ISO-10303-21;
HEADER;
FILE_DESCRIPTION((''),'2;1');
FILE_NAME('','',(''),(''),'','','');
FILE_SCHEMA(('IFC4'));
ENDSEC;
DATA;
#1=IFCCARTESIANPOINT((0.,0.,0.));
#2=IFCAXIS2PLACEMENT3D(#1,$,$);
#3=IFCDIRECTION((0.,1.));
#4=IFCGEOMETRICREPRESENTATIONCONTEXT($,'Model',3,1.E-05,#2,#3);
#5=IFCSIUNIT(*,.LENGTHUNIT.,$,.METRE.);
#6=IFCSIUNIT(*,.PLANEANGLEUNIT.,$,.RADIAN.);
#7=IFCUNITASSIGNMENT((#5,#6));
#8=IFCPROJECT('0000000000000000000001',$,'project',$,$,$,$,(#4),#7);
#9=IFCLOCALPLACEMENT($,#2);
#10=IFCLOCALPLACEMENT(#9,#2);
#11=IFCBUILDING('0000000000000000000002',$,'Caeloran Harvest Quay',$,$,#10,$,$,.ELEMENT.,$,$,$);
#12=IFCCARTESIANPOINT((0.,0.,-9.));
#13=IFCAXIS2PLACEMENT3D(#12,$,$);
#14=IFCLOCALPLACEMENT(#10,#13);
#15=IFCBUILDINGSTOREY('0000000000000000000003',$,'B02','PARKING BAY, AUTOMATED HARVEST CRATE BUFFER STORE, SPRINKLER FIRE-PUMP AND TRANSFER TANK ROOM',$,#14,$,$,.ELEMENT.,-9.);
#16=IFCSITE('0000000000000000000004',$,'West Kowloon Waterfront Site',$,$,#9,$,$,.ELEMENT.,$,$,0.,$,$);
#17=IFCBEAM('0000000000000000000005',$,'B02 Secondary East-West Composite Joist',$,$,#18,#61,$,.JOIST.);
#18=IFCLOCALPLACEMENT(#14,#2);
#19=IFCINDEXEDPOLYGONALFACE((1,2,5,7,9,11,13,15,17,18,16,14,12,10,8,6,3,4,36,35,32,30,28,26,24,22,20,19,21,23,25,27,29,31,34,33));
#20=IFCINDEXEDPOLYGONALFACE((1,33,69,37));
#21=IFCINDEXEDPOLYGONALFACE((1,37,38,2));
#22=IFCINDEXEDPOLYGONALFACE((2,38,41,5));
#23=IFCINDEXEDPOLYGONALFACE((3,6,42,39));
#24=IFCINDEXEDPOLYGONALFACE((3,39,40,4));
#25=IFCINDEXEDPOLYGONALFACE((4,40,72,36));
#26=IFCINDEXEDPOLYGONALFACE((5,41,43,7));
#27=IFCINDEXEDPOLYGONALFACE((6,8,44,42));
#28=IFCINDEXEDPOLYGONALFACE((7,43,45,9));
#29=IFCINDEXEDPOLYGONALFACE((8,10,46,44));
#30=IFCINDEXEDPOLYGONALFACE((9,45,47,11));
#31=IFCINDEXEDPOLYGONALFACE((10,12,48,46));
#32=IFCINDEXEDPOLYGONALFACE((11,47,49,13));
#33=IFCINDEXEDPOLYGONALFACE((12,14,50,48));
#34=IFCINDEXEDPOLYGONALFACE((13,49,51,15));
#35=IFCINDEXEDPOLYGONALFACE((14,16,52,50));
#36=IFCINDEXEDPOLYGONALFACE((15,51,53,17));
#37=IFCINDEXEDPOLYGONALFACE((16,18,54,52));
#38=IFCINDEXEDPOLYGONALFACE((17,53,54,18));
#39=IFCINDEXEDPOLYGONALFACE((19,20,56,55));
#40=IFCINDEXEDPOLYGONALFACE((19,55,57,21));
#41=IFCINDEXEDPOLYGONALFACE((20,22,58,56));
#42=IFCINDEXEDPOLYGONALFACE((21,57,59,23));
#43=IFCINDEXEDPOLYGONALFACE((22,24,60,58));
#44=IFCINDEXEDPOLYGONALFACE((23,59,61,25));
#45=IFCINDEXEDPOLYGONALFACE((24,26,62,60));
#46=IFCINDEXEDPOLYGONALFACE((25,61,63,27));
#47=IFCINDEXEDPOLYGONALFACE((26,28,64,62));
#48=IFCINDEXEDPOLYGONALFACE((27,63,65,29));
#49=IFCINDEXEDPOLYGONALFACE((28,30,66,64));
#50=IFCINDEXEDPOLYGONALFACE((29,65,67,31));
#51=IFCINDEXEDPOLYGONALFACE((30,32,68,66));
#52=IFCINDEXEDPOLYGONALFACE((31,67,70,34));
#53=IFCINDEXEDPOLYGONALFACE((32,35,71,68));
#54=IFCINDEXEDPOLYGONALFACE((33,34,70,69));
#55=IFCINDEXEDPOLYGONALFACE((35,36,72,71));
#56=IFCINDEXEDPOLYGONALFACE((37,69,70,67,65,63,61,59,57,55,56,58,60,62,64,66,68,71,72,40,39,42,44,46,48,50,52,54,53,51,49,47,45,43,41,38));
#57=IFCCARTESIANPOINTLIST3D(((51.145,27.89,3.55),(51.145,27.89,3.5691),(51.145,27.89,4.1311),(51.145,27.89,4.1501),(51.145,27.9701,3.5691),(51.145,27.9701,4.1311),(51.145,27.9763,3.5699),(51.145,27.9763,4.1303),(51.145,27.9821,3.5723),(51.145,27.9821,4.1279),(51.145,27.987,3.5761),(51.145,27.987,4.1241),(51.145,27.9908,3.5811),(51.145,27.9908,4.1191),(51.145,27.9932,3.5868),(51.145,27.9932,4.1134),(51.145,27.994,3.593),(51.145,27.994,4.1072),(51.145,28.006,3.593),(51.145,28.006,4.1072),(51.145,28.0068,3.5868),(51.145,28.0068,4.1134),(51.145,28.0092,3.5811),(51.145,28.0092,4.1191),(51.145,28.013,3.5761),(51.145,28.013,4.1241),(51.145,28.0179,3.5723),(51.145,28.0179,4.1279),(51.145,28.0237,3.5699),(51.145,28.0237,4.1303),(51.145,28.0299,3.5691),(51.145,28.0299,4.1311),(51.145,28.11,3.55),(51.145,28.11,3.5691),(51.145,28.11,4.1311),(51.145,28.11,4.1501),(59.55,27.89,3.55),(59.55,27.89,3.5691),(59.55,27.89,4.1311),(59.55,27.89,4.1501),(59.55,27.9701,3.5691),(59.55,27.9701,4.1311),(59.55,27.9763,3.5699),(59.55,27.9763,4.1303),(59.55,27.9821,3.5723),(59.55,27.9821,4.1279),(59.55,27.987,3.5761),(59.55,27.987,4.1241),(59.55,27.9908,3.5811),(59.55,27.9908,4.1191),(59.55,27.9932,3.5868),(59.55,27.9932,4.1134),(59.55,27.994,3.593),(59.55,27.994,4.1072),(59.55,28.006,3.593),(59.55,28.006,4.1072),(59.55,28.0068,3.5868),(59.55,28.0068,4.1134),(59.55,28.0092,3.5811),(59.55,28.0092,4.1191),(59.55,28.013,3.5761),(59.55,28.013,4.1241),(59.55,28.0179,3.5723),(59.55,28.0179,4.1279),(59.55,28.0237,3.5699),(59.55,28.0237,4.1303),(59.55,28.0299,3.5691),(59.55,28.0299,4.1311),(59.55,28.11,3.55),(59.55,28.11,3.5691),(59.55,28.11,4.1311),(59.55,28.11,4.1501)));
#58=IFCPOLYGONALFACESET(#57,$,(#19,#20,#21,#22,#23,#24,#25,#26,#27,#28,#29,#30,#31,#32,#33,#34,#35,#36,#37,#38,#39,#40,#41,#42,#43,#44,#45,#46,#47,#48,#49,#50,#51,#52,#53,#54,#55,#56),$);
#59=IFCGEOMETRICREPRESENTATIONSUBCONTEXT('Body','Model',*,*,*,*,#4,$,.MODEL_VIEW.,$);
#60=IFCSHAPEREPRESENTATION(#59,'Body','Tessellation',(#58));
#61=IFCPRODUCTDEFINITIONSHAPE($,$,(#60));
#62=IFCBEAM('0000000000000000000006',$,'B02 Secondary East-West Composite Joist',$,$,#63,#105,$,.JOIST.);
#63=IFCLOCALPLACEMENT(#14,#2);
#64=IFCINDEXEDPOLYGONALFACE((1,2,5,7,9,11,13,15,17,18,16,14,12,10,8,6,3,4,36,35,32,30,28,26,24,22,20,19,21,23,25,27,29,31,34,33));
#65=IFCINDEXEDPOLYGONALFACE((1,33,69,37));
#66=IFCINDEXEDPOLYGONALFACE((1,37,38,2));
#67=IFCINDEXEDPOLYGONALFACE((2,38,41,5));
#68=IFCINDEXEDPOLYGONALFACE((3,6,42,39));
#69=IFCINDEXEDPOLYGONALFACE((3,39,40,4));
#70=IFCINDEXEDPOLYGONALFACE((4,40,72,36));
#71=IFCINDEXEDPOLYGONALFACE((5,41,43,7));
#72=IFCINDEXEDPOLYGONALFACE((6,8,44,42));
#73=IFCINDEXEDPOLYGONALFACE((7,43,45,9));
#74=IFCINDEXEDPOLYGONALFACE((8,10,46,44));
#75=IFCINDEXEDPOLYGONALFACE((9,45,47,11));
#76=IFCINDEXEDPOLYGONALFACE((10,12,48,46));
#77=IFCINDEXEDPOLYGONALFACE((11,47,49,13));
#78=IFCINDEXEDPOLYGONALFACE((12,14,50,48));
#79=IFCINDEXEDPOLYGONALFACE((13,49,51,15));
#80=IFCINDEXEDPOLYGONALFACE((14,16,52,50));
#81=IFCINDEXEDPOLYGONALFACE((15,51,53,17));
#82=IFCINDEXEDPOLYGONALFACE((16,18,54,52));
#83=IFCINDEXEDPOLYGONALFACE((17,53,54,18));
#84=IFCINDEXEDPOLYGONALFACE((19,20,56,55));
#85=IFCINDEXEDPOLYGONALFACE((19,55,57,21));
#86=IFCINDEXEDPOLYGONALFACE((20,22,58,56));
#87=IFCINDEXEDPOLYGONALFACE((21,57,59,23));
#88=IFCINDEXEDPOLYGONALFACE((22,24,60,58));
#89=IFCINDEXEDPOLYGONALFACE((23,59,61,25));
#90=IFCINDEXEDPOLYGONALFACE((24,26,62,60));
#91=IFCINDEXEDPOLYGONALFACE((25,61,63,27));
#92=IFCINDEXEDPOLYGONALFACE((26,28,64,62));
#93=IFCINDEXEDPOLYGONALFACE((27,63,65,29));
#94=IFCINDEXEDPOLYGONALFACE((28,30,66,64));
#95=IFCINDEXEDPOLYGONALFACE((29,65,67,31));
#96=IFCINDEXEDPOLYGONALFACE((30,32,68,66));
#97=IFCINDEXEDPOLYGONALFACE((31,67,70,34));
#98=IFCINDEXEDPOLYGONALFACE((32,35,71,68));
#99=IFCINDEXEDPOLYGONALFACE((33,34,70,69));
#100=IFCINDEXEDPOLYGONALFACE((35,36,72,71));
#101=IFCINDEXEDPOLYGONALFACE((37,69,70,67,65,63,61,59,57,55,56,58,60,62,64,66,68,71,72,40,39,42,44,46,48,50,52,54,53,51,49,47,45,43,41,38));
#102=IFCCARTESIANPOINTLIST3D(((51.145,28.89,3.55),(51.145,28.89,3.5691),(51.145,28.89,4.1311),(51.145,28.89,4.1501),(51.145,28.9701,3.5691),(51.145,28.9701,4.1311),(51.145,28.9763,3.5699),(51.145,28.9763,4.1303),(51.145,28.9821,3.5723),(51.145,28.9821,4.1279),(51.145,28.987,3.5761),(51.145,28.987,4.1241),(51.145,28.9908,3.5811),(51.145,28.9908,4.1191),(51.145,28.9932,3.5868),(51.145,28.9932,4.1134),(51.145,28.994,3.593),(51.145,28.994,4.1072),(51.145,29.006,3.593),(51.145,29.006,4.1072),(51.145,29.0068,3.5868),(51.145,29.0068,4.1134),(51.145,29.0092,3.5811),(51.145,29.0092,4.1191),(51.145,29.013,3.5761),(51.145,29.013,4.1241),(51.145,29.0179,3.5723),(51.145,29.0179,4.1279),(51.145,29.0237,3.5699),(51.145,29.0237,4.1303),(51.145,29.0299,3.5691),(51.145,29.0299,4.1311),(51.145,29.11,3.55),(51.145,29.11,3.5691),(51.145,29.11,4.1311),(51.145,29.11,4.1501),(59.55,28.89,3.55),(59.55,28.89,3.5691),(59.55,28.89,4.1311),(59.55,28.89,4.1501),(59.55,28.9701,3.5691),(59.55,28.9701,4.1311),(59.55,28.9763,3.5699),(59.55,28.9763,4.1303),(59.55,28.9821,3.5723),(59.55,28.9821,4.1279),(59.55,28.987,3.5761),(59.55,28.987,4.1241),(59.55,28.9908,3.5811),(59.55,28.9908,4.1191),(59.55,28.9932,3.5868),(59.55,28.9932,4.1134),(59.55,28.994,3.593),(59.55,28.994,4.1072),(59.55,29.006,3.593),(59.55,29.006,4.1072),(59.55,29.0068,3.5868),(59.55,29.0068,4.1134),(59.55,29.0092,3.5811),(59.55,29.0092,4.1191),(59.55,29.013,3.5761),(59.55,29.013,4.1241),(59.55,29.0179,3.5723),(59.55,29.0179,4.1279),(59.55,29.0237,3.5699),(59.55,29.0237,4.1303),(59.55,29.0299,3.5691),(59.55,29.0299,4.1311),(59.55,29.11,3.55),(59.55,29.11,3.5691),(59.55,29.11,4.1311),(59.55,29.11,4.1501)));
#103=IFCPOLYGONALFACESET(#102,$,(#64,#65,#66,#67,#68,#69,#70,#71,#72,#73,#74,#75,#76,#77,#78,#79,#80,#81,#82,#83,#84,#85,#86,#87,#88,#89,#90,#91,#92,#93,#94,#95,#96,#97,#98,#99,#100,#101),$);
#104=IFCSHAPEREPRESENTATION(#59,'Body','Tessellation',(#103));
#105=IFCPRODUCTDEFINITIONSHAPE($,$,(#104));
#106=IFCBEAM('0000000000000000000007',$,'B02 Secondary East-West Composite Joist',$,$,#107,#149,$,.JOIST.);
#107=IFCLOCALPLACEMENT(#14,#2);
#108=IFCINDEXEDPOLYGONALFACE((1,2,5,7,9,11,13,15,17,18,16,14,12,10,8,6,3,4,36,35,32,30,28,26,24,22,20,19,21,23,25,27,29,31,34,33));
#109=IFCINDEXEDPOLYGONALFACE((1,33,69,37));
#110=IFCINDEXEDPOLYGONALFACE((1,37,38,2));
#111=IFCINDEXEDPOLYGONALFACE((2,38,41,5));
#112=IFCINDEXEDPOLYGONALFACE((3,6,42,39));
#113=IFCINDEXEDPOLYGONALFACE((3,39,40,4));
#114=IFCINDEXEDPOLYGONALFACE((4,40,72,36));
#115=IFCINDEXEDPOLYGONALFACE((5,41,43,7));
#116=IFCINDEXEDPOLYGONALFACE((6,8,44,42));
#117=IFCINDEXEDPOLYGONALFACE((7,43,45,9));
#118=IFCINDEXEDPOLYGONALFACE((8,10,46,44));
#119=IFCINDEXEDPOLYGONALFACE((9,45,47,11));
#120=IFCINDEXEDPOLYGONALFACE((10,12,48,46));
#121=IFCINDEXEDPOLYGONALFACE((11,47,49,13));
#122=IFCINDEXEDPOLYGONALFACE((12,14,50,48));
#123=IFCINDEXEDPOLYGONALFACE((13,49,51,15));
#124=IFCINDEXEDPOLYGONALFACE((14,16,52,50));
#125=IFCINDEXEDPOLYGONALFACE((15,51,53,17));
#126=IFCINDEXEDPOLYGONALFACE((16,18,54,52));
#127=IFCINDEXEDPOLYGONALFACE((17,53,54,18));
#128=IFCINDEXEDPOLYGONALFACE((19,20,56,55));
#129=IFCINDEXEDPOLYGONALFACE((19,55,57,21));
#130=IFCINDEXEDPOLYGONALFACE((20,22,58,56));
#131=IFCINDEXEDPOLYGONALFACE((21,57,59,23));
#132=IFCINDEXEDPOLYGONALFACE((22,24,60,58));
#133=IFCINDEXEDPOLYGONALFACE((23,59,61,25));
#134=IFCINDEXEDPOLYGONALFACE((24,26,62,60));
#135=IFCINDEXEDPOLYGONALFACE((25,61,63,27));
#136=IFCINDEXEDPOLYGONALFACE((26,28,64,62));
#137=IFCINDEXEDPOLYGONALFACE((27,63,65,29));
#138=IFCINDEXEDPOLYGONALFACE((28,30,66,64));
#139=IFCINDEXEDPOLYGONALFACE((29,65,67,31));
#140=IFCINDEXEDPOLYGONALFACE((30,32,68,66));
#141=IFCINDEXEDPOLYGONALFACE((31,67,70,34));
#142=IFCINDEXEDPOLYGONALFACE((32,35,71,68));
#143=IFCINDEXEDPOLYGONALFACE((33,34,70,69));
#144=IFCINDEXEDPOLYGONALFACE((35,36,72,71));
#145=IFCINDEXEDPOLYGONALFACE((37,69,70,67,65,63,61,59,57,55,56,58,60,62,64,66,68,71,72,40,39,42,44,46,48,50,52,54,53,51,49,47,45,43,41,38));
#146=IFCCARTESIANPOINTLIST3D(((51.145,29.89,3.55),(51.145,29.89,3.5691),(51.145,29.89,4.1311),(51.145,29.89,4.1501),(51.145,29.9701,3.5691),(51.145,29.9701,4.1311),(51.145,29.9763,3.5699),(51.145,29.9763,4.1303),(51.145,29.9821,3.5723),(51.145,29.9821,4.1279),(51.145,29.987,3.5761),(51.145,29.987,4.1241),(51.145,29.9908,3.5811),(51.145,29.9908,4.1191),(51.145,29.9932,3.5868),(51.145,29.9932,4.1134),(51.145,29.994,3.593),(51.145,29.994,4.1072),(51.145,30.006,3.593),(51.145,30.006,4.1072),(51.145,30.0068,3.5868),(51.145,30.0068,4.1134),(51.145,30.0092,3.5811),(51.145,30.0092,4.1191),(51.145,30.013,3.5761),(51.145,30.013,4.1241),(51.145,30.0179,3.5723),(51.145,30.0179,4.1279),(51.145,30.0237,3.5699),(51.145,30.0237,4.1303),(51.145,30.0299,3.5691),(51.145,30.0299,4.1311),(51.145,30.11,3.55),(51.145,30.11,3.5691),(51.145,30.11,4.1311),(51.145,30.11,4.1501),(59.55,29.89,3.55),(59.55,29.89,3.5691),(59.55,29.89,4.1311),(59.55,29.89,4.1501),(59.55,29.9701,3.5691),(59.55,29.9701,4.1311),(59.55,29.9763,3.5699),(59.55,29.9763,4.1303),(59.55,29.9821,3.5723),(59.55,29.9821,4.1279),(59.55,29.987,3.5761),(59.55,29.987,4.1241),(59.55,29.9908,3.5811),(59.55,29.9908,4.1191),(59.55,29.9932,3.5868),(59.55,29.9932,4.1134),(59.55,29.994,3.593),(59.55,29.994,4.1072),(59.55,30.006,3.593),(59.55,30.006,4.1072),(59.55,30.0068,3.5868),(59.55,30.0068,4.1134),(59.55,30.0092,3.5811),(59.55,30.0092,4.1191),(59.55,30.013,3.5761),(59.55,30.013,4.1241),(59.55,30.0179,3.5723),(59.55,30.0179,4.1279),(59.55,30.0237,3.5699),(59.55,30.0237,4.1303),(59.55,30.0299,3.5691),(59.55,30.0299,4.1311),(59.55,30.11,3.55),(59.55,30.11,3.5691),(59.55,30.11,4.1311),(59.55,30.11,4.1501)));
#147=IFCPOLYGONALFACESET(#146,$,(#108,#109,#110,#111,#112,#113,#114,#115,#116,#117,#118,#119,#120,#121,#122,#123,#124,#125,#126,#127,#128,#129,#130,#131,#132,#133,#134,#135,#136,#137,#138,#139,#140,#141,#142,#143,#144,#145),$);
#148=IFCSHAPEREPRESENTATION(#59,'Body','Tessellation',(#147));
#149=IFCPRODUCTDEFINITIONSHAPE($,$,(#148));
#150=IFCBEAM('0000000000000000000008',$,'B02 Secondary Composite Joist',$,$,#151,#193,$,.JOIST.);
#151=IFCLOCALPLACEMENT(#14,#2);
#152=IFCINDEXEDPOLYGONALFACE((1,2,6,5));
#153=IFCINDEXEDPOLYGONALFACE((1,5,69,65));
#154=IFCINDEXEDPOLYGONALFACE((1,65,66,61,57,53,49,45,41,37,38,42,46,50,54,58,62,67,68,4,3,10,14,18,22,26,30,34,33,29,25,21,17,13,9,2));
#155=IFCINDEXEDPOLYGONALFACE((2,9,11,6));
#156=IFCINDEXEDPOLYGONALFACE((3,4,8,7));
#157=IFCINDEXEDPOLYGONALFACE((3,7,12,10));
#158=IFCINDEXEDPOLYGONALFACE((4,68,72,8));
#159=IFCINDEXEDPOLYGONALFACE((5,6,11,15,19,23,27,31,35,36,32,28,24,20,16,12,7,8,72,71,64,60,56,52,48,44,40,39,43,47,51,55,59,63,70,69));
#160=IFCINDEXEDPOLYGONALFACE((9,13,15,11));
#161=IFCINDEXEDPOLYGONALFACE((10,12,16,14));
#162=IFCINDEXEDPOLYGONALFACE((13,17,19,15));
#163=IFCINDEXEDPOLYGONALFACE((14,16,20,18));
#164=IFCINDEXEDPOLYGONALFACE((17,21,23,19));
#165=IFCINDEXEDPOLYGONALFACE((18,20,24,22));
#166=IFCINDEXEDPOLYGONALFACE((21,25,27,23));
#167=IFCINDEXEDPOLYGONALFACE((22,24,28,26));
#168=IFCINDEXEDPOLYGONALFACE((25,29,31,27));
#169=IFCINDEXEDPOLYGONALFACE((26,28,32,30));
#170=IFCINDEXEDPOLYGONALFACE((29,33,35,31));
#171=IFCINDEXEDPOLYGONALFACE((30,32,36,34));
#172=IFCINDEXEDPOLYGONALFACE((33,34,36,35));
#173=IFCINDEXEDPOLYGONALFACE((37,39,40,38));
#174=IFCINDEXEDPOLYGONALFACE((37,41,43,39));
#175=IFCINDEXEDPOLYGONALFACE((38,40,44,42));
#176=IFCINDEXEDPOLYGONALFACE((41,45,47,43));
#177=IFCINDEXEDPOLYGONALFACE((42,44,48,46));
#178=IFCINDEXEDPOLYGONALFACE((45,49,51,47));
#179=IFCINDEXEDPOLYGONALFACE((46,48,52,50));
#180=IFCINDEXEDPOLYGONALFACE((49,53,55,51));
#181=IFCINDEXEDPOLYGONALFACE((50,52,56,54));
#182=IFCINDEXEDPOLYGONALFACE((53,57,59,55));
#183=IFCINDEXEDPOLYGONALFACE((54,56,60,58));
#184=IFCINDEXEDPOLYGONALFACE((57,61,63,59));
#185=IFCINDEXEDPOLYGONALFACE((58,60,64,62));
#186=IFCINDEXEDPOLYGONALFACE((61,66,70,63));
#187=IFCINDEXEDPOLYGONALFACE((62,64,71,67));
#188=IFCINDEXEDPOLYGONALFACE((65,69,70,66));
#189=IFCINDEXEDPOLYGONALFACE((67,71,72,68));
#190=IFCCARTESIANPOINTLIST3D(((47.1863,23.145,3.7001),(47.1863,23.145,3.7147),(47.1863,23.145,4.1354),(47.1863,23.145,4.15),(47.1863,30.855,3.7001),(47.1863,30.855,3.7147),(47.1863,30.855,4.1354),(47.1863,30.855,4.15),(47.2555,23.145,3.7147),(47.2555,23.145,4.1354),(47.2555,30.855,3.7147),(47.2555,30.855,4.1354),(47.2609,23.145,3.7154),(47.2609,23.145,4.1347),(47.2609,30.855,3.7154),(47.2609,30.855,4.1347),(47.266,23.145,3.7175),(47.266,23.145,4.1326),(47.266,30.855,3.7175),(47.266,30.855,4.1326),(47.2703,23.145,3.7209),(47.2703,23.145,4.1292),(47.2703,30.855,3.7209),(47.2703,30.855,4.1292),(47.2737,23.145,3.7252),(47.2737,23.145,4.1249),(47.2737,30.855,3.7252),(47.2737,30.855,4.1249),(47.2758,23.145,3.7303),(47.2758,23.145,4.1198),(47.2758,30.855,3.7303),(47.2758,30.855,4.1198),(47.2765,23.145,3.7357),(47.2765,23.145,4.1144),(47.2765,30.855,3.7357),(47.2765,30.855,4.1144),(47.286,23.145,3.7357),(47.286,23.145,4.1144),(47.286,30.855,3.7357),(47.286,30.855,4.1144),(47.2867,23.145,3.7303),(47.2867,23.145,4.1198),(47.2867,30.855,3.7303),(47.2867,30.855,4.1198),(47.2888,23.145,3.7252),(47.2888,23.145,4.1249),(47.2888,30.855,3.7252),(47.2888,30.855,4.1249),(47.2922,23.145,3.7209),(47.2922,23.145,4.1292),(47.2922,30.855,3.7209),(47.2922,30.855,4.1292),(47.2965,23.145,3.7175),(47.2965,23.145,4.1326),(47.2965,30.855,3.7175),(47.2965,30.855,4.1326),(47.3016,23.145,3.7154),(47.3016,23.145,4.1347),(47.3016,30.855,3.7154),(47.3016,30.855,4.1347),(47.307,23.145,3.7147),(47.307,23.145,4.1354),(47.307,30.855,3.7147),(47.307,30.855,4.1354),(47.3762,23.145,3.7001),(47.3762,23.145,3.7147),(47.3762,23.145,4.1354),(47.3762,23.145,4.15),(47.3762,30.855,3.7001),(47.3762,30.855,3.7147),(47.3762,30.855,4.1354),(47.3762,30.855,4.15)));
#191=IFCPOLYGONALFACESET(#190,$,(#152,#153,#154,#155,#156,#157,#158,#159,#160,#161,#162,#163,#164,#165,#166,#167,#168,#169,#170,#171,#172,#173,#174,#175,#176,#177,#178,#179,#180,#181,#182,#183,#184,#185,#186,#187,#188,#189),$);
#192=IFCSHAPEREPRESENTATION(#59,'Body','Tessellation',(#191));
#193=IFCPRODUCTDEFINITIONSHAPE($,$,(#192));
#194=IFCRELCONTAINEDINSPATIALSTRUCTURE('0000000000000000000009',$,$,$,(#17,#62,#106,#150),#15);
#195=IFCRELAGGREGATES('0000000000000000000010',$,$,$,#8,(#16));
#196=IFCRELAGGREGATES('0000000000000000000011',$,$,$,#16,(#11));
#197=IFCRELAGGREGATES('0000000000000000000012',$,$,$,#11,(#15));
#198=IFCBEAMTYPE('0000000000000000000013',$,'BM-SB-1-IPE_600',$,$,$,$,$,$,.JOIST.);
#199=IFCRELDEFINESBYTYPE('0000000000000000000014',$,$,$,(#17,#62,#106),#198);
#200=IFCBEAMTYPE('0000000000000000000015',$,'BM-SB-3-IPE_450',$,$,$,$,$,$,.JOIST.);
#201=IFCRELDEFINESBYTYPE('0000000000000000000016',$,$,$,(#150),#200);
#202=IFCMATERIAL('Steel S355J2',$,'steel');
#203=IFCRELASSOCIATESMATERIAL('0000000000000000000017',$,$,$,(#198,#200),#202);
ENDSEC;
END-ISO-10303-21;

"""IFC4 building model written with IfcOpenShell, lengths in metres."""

from ifc_helpers import new_model, si_unit, direction, frame, origin, origin_2d, place, context, subcontext, project, spatial, i_section, extrude, material, material_profile, profile_set, type_object, element, save


model = new_model("IFC4")

# Units and contexts
model_context = context("Model", 3, precision=1e-05, world=origin(), true_north=direction((0.0, 1.0)))
body_context = subcontext(model_context, "Body", "Model", "MODEL_VIEW")
ifc_project = project(units=[si_unit("LENGTHUNIT", "METRE"), si_unit("PLANEANGLEUNIT", "RADIAN")], contexts=[model_context])

# Site, building, storey
site_placement = place(None, origin())
site = spatial("IfcSite", under=ifc_project, at=site_placement, Name="West Kowloon Waterfront Site", CompositionType="ELEMENT", RefElevation=0.0)
building_placement = place(site_placement, origin())
building = spatial("IfcBuilding", under=site, at=building_placement, Name="Caeloran Harvest Quay", CompositionType="ELEMENT")
storey_placement = place(building_placement, frame((0.0, 0.0, -9.0)))
storey = spatial("IfcBuildingStorey", under=building, at=storey_placement, Name="B02", Description="PARKING BAY, AUTOMATED HARVEST CRATE BUFFER STORE, SPRINKLER FIRE-PUMP AND TRANSFER TANK ROOM", CompositionType="ELEMENT", Elevation=-9.0)

# Beams
ifc_material_1 = material(Name="Steel S355J2", Category="steel")
ifc_material_profile_1 = material_profile(ifc_material_1, i_section(OverallWidth=0.22, OverallDepth=0.6001, WebThickness=0.012, FlangeThickness=0.019, FilletRadius=0.0239, at=origin_2d()), Name="IPE 600")
ifc_profile_set_1 = profile_set([ifc_material_profile_1], Name="Steel S355J2")
beam_type_1 = type_object("IfcBeamType", Name="BM-SB-1-IPE_600", PredefinedType="JOIST", material=ifc_profile_set_1)
for number, where, z_axis, x_axis, name in (
    (1, (51.145, 28.0, 3.8501), (1.0, 0.0, 0.0), (0.0, 1.0, 0.0), "B02 Secondary East-West Composite Joist"),
    (2, (51.145, 29.0, 3.8501), (1.0, 0.0, 0.0), (0.0, 1.0, 0.0), "B02 Secondary East-West Composite Joist"),
    (3, (51.145, 30.0, 3.8501), (1.0, 0.0, 0.0), (0.0, 1.0, 0.0), "B02 Secondary East-West Composite Joist"),
):
    element("IfcBeam", number, at=place(storey_placement, frame(where, z_axis=z_axis, x_axis=x_axis)), inside=storey, type_object=beam_type_1, Name=name, PredefinedType="JOIST", context=body_context, shape_type="SweptSolid", body=[
        extrude(i_section(OverallWidth=0.22, OverallDepth=0.6001, WebThickness=0.012, FlangeThickness=0.019, FilletRadius=0.0239, at=origin_2d()), origin(), (0.0, 0.0, 1.0), 8.405),
    ])
ifc_material_profile_2 = material_profile(ifc_material_1, i_section(OverallWidth=0.1899, OverallDepth=0.45, WebThickness=0.0095, FlangeThickness=0.0146, FilletRadius=0.021, at=origin_2d()), Name="IPE 450")
ifc_profile_set_2 = profile_set([ifc_material_profile_2], Name="Steel S355J2")
beam_type_2 = type_object("IfcBeamType", Name="BM-SB-3-IPE_450", PredefinedType="JOIST", material=ifc_profile_set_2)
for number, where, z_axis, x_axis, name in (
    (4, (47.2812, 23.145, 3.925), (0.0, 1.0, 0.0), (-1.0, 0.0, 0.0), "B02 Secondary Composite Joist"),
):
    element("IfcBeam", number, at=place(storey_placement, frame(where, z_axis=z_axis, x_axis=x_axis)), inside=storey, type_object=beam_type_2, Name=name, PredefinedType="JOIST", context=body_context, shape_type="SweptSolid", body=[
        extrude(i_section(OverallWidth=0.1899, OverallDepth=0.45, WebThickness=0.0095, FlangeThickness=0.0146, FilletRadius=0.021, at=origin_2d()), origin(), (0.0, 0.0, 1.0), 7.71),
    ])

save(model, "model.ifc")
